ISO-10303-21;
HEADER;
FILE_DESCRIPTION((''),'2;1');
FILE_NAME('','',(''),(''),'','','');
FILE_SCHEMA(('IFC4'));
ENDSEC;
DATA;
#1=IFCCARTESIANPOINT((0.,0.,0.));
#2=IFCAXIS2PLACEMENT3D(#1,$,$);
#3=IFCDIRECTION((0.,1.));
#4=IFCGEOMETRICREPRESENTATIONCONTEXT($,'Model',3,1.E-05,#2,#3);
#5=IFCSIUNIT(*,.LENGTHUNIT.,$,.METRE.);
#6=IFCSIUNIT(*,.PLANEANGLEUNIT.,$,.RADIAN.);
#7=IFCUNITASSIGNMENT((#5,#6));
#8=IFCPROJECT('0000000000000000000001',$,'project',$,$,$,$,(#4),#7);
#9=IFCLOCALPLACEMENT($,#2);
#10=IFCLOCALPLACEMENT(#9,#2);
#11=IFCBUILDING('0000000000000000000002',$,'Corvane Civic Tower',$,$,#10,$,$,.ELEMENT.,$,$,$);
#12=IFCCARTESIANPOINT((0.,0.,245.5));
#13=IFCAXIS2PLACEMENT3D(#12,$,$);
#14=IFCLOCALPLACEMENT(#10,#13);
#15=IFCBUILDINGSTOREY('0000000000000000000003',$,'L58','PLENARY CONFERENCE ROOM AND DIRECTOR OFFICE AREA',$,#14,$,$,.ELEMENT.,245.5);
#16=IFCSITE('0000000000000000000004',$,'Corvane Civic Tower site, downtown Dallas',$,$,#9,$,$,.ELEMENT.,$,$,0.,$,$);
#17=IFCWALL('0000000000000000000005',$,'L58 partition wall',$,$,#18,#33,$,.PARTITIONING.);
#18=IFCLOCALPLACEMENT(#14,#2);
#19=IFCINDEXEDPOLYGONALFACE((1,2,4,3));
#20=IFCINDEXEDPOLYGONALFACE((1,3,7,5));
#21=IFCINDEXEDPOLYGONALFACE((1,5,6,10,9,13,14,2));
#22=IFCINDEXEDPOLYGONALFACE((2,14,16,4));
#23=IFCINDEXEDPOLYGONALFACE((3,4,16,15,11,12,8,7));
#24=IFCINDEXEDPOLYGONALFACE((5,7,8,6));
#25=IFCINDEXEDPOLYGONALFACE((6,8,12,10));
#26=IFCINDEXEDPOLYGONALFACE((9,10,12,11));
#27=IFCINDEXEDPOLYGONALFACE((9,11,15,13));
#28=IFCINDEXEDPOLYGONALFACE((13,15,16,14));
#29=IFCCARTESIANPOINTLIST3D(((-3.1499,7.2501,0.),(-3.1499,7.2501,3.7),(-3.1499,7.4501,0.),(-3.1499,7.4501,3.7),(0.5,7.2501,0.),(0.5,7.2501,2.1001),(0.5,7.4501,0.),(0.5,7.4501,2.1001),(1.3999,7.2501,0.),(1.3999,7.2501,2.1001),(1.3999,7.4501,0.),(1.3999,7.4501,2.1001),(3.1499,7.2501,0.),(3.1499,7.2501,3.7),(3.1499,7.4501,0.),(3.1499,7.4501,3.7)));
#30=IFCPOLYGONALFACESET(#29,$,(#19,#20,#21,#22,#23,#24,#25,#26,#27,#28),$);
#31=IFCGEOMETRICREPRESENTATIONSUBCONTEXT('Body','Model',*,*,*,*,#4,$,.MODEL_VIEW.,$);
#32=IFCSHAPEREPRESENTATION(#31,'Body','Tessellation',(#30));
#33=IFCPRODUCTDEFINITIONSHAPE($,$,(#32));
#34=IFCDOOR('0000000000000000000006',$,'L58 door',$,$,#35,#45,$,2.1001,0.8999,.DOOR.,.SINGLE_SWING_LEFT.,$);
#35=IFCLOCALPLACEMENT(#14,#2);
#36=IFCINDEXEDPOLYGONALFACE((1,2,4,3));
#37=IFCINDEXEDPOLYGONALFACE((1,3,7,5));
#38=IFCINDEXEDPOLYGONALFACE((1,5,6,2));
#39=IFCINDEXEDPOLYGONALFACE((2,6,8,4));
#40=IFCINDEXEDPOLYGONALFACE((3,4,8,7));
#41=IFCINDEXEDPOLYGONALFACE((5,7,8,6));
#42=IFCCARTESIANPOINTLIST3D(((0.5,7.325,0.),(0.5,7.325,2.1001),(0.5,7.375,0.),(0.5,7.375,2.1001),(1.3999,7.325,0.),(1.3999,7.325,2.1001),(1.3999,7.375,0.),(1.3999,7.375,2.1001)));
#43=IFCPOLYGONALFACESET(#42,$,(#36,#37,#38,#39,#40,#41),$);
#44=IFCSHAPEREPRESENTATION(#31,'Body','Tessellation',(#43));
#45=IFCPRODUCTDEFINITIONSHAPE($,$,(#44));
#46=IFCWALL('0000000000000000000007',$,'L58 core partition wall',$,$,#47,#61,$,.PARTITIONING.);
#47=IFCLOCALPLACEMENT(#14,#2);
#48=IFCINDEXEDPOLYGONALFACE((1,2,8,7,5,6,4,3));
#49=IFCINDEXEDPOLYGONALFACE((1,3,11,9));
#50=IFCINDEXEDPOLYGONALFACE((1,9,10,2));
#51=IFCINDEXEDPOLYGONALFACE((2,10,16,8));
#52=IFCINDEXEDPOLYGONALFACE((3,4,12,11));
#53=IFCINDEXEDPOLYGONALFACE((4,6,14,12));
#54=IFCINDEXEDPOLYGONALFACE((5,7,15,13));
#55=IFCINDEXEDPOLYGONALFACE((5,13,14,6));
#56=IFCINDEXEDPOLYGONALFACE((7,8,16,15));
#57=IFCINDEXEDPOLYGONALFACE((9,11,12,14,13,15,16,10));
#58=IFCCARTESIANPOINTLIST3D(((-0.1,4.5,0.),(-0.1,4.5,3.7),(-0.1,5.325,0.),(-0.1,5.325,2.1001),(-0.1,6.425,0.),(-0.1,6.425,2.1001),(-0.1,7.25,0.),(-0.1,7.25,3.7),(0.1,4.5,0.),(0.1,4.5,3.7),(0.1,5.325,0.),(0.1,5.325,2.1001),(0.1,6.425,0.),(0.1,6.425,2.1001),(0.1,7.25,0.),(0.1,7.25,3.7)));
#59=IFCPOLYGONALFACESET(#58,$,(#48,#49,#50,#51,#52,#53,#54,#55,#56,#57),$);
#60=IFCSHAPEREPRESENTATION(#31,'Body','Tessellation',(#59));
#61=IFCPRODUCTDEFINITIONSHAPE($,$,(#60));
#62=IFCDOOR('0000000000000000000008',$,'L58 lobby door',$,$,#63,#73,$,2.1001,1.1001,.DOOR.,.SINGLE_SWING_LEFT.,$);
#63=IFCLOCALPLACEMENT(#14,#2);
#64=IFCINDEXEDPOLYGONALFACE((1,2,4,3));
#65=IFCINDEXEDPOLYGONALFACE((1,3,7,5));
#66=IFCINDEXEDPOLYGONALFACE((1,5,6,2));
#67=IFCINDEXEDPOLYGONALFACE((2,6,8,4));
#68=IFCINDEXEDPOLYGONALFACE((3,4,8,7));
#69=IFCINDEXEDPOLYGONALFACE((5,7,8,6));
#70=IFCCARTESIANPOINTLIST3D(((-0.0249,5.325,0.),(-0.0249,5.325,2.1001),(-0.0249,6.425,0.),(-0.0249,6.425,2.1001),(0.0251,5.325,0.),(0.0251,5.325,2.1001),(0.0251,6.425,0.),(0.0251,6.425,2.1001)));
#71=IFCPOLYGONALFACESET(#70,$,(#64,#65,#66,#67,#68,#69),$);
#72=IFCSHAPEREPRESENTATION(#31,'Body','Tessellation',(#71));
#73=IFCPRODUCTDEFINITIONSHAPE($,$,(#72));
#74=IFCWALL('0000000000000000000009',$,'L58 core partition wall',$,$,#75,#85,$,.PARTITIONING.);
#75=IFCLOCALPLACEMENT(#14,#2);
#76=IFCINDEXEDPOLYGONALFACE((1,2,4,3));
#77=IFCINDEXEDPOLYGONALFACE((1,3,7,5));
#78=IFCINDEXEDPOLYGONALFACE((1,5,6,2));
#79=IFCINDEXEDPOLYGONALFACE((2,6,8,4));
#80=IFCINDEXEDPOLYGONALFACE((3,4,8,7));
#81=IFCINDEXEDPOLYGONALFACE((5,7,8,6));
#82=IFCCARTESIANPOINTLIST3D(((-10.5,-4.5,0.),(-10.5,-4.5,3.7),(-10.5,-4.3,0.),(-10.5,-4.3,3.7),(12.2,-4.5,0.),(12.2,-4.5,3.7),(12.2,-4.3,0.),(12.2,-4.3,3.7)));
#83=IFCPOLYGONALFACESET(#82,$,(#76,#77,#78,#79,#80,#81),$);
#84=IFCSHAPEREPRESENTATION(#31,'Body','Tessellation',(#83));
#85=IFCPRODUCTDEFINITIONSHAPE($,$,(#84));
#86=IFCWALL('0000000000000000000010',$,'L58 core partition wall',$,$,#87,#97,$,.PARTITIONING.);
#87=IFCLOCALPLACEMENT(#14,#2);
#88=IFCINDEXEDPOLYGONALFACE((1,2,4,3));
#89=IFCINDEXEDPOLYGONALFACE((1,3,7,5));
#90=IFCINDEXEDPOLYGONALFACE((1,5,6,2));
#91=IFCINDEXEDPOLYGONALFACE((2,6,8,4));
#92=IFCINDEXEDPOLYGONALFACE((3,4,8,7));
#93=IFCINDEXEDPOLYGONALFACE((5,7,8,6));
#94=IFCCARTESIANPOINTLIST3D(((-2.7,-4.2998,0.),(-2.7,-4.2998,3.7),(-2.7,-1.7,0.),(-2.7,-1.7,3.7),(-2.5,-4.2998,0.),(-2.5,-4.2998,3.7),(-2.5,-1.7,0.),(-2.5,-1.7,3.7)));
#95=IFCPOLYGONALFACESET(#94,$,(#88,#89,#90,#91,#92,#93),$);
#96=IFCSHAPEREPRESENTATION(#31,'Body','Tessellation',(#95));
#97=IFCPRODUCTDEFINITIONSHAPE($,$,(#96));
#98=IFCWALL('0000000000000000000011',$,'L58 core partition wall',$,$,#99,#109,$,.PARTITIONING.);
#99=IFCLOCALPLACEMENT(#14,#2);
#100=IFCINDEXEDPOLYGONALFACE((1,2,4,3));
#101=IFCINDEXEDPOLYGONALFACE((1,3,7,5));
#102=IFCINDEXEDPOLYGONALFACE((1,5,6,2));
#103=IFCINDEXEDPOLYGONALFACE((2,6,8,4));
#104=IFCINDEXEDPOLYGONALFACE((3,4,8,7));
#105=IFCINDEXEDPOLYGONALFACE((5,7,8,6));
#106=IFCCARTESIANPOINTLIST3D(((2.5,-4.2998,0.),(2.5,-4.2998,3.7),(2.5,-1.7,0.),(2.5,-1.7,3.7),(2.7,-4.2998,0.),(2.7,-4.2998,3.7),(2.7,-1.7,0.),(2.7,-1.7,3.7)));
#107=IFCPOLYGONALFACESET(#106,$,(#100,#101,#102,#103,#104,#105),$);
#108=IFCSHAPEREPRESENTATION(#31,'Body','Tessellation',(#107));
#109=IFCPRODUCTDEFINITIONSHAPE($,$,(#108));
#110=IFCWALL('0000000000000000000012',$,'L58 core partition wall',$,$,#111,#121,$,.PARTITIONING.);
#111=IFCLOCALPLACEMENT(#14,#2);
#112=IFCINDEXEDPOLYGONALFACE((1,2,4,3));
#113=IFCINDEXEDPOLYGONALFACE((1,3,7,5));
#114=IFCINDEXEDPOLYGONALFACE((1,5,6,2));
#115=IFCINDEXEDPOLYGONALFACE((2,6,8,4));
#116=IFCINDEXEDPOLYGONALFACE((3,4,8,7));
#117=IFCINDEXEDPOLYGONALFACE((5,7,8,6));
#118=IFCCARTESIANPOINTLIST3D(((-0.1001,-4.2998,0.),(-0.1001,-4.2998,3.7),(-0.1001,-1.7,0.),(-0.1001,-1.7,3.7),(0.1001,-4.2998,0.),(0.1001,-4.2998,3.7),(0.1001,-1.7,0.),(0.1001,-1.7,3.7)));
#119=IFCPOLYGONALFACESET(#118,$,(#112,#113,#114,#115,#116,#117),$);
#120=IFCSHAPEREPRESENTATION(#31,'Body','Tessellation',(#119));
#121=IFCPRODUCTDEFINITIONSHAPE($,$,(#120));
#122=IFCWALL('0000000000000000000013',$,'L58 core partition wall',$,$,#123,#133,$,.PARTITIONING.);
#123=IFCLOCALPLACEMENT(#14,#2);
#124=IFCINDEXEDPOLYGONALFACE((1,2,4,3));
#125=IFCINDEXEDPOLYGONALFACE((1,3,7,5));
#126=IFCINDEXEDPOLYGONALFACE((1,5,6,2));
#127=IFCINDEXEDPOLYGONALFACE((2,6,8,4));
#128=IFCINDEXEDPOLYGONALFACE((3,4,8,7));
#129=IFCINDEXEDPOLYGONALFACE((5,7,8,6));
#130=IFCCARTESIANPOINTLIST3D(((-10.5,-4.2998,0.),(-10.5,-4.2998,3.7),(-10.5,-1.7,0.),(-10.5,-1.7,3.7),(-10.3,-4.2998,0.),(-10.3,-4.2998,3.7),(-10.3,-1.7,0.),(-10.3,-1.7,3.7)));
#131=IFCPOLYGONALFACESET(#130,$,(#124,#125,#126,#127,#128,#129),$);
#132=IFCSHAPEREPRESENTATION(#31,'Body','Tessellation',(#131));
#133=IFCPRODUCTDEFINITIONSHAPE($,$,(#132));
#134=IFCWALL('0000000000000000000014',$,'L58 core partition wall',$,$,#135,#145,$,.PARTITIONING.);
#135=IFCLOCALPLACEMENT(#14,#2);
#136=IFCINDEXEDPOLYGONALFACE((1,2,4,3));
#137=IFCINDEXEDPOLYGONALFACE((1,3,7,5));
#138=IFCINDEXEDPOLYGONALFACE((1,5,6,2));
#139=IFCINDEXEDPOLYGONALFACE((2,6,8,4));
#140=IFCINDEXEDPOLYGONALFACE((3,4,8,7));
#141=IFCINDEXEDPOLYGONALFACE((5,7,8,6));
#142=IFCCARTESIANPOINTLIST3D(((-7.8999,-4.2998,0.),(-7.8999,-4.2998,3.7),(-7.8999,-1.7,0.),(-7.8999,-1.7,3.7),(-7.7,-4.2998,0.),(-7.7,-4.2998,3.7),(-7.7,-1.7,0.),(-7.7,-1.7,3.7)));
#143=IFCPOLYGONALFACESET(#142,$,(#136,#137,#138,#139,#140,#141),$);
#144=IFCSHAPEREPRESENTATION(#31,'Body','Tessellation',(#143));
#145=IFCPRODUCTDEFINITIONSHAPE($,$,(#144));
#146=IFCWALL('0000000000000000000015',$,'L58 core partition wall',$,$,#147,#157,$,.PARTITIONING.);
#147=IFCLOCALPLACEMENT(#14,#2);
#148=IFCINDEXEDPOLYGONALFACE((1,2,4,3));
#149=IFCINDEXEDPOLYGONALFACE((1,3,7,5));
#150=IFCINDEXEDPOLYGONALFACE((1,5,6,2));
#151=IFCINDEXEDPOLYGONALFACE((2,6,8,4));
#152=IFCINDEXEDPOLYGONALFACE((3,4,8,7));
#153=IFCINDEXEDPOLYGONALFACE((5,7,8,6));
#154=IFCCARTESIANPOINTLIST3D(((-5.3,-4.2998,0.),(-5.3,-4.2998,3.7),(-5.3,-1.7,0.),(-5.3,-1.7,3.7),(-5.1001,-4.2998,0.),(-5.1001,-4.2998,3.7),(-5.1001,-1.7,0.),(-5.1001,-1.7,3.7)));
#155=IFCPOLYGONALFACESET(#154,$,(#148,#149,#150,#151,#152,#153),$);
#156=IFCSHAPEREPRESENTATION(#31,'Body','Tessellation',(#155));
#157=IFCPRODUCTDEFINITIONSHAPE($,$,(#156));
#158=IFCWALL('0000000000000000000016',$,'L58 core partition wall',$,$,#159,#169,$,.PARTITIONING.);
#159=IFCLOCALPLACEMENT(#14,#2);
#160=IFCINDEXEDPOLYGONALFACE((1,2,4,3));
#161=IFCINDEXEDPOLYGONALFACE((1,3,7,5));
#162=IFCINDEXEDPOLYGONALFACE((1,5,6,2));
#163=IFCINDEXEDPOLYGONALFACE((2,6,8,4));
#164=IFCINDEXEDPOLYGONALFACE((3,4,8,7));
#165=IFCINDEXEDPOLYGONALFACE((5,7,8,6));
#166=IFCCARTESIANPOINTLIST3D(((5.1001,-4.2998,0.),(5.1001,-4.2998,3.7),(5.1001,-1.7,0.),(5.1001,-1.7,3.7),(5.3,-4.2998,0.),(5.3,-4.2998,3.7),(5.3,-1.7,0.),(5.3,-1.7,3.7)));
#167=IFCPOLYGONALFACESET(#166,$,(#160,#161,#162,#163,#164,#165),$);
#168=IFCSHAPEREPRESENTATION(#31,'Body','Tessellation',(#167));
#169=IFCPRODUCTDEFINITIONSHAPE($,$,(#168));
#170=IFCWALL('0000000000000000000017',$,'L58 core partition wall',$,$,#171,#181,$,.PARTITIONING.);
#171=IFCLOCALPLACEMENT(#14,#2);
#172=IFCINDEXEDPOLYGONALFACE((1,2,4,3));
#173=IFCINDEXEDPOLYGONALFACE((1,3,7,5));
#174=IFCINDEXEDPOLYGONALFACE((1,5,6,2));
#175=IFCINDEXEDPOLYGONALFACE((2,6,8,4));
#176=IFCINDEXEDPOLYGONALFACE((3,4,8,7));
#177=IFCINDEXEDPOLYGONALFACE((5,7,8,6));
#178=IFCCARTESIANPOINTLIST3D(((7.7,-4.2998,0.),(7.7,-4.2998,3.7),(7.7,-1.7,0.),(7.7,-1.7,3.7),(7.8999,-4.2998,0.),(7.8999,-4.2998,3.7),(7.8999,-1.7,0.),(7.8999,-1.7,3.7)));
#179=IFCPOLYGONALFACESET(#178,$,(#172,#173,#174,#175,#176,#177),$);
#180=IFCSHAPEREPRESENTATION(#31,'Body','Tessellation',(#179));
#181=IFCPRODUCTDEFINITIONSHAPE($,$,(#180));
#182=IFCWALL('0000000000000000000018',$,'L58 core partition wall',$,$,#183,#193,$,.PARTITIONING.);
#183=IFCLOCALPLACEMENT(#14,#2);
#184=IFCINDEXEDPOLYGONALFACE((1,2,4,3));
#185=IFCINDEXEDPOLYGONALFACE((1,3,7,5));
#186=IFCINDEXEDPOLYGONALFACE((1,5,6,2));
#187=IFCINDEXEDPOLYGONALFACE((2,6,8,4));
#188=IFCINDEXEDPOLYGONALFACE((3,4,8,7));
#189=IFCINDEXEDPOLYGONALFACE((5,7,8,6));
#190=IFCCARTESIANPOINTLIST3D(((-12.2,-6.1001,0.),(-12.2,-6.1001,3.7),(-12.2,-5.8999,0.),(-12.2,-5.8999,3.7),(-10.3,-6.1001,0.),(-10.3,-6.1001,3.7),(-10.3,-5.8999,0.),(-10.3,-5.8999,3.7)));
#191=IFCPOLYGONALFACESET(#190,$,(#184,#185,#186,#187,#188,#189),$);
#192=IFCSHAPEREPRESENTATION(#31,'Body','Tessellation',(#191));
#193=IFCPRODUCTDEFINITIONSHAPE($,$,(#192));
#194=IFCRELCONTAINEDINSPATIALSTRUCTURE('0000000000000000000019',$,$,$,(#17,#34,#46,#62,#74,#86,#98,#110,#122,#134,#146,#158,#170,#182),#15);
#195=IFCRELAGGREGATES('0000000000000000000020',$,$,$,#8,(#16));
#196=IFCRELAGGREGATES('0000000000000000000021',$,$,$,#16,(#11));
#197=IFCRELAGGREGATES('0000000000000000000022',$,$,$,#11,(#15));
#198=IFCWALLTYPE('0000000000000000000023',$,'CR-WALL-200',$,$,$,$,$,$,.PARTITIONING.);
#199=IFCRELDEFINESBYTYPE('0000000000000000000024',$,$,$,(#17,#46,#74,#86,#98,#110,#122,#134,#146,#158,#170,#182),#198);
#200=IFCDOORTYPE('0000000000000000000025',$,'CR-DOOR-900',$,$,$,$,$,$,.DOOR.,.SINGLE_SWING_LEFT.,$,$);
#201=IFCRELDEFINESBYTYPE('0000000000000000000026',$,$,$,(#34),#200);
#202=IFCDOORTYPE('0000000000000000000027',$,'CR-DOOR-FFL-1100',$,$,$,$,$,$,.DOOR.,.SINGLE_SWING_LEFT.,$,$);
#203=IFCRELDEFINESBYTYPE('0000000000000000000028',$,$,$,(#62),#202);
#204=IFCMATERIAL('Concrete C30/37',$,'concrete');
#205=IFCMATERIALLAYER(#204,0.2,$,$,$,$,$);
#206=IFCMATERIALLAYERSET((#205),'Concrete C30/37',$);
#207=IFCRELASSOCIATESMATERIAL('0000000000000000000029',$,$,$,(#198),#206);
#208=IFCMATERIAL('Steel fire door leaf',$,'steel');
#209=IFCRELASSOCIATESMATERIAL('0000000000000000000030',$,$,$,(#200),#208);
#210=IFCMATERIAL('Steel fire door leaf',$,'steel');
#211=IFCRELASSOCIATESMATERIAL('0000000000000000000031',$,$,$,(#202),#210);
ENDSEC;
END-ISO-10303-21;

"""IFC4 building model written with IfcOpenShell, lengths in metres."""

from ifc_helpers import new_model, si_unit, direction, frame, frame_2d, origin, place, context, subcontext, project, spatial, polyline, rectangle, outline, extrude, material, layer, layer_set, type_object, element, fill, save


model = new_model("IFC4")

# Units and contexts
model_context = context("Model", 3, precision=1e-05, world=origin(), true_north=direction((0.0, 1.0)))
body_context = subcontext(model_context, "Body", "Model", "MODEL_VIEW")
ifc_project = project(units=[si_unit("LENGTHUNIT", "METRE"), si_unit("PLANEANGLEUNIT", "RADIAN")], contexts=[model_context])

# Site, building, storey
site_placement = place(None, origin())
site = spatial("IfcSite", under=ifc_project, at=site_placement, Name="Corvane Civic Tower site, downtown Dallas", CompositionType="ELEMENT", RefElevation=0.0)
building_placement = place(site_placement, origin())
building = spatial("IfcBuilding", under=site, at=building_placement, Name="Corvane Civic Tower", CompositionType="ELEMENT")
storey_placement = place(building_placement, frame((0.0, 0.0, 245.5)))
storey = spatial("IfcBuildingStorey", under=building, at=storey_placement, Name="L58", Description="PLENARY CONFERENCE ROOM AND DIRECTOR OFFICE AREA", CompositionType="ELEMENT", Elevation=245.5)

# Walls, openings, doors
ifc_material_1 = material(Name="Concrete C30/37", Category="concrete")
ifc_layer_1 = layer(ifc_material_1, 0.2)
ifc_layer_set_1 = layer_set([ifc_layer_1], Name="Concrete C30/37")
wall_type_1 = type_object("IfcWallType", Name="CR-WALL-200", PredefinedType="PARTITIONING", material=ifc_layer_set_1)
wall_1_placement = place(storey_placement, frame((-3.1499, 7.3501, 0.0), z_axis=(0.0, 0.0, 1.0), x_axis=(1.0, 0.0, 0.0)))
wall_1 = element("IfcWall", 1, at=wall_1_placement, inside=storey, type_object=wall_type_1, Name="L58 partition wall", PredefinedType="PARTITIONING", context=body_context, shape_type="SweptSolid", body=[
    extrude(rectangle(XDim=6.2998, YDim=0.2, at=frame_2d((3.1499, 0.0))), origin(), (0.0, 0.0, 1.0), 3.7),
])
opening_1_placement = place(wall_1_placement, frame((3.6499, 0.0, 0.0)))
opening_1 = element("IfcOpeningElement", 2, at=opening_1_placement, cuts=wall_1, PredefinedType="OPENING", context=body_context, shape_type="SweptSolid", body=[
    extrude(rectangle(XDim=0.8999, YDim=2.1001, at=frame_2d((0.45, 1.05))), frame((0.0, 0.1099, 0.0), z_axis=(0.0, -1.0, 0.0), x_axis=(1.0, 0.0, 0.0)), (0.0, 0.0, 1.0), 0.22),
])
ifc_material_2 = material(Name="Steel fire door leaf", Category="steel")
door_type_1 = type_object("IfcDoorType", Name="CR-DOOR-900", OperationType="SINGLE_SWING_LEFT", PredefinedType="DOOR", material=ifc_material_2)
door_1_placement = place(opening_1_placement, origin())
door_1 = element("IfcDoor", 3, at=door_1_placement, inside=storey, type_object=door_type_1, Name="L58 door", OperationType="SINGLE_SWING_LEFT", OverallHeight=2.1001, OverallWidth=0.8999, PredefinedType="DOOR", context=body_context, shape_type="SweptSolid", body=[
    extrude(rectangle(XDim=0.8999, YDim=2.1001, at=frame_2d((0.45, 1.05))), frame((0.0, 0.0249, 0.0), z_axis=(0.0, -1.0, 0.0), x_axis=(1.0, 0.0, 0.0)), (0.0, 0.0, 1.0), 0.05),
])
fill(opening_1, door_1)
wall_2_placement = place(storey_placement, frame((0.0, 4.5, 0.0), z_axis=(0.0, 0.0, 1.0), x_axis=(0.0, 1.0, 0.0)))
wall_2 = element("IfcWall", 4, at=wall_2_placement, inside=storey, type_object=wall_type_1, Name="L58 core partition wall", PredefinedType="PARTITIONING", context=body_context, shape_type="SweptSolid", body=[
    extrude(rectangle(XDim=2.75, YDim=0.2, at=frame_2d((1.375, 0.0))), origin(), (0.0, 0.0, 1.0), 3.7),
])
opening_2_placement = place(wall_2_placement, frame((0.825, 0.0, 0.0)))
opening_2 = element("IfcOpeningElement", 5, at=opening_2_placement, cuts=wall_2, PredefinedType="OPENING", context=body_context, shape_type="SweptSolid", body=[
    extrude(rectangle(XDim=1.1001, YDim=2.1001, at=frame_2d((0.55, 1.05))), frame((0.0, 0.1099, 0.0), z_axis=(0.0, -1.0, 0.0), x_axis=(1.0, 0.0, 0.0)), (0.0, 0.0, 1.0), 0.22),
])
ifc_material_3 = material(Name="Steel fire door leaf", Category="steel")
door_type_2 = type_object("IfcDoorType", Name="CR-DOOR-FFL-1100", OperationType="SINGLE_SWING_LEFT", PredefinedType="DOOR", material=ifc_material_3)
door_2_placement = place(opening_2_placement, origin())
door_2 = element("IfcDoor", 6, at=door_2_placement, inside=storey, type_object=door_type_2, Name="L58 lobby door", OperationType="SINGLE_SWING_LEFT", OverallHeight=2.1001, OverallWidth=1.1001, PredefinedType="DOOR", context=body_context, shape_type="SweptSolid", body=[
    extrude(rectangle(XDim=1.1001, YDim=2.1001, at=frame_2d((0.55, 1.05))), frame((0.0, 0.0249, 0.0), z_axis=(0.0, -1.0, 0.0), x_axis=(1.0, 0.0, 0.0)), (0.0, 0.0, 1.0), 0.05),
])
fill(opening_2, door_2)

# Walls
wall_3_placement = place(storey_placement, origin())
element("IfcWall", 7, at=wall_3_placement, inside=storey, type_object=wall_type_1, Name="L58 core partition wall", PredefinedType="PARTITIONING", context=body_context, shape_type="SweptSolid", body=[
    extrude(outline(polyline([(12.2, -4.3), (12.2, -4.5), (-10.5, -4.5), (-10.5, -4.3), (12.2, -4.3)])), origin(), (0.0, 0.0, 1.0), 3.7),
])
wall_4_placement = place(storey_placement, origin())
element("IfcWall", 8, at=wall_4_placement, inside=storey, type_object=wall_type_1, Name="L58 core partition wall", PredefinedType="PARTITIONING", context=body_context, shape_type="SweptSolid", body=[
    extrude(outline(polyline([(-2.5, -1.7), (-2.5, -4.2998), (-2.7, -4.2998), (-2.7, -1.7), (-2.5, -1.7)])), origin(), (0.0, 0.0, 1.0), 3.7),
])
wall_5_placement = place(storey_placement, origin())
element("IfcWall", 9, at=wall_5_placement, inside=storey, type_object=wall_type_1, Name="L58 core partition wall", PredefinedType="PARTITIONING", context=body_context, shape_type="SweptSolid", body=[
    extrude(outline(polyline([(2.7, -1.7), (2.7, -4.2998), (2.5, -4.2998), (2.5, -1.7), (2.7, -1.7)])), origin(), (0.0, 0.0, 1.0), 3.7),
])
wall_6_placement = place(storey_placement, origin())
element("IfcWall", 10, at=wall_6_placement, inside=storey, type_object=wall_type_1, Name="L58 core partition wall", PredefinedType="PARTITIONING", context=body_context, shape_type="SweptSolid", body=[
    extrude(outline(polyline([(0.1001, -1.7), (0.1001, -4.2998), (-0.1001, -4.2998), (-0.1001, -1.7), (0.1001, -1.7)])), origin(), (0.0, 0.0, 1.0), 3.7),
])
wall_7_placement = place(storey_placement, origin())
element("IfcWall", 11, at=wall_7_placement, inside=storey, type_object=wall_type_1, Name="L58 core partition wall", PredefinedType="PARTITIONING", context=body_context, shape_type="SweptSolid", body=[
    extrude(outline(polyline([(-10.3, -1.7), (-10.3, -4.2998), (-10.5, -4.2998), (-10.5, -1.7), (-10.3, -1.7)])), origin(), (0.0, 0.0, 1.0), 3.7),
])
wall_8_placement = place(storey_placement, origin())
element("IfcWall", 12, at=wall_8_placement, inside=storey, type_object=wall_type_1, Name="L58 core partition wall", PredefinedType="PARTITIONING", context=body_context, shape_type="SweptSolid", body=[
    extrude(outline(polyline([(-7.7, -1.7), (-7.7, -4.2998), (-7.8999, -4.2998), (-7.8999, -1.7), (-7.7, -1.7)])), origin(), (0.0, 0.0, 1.0), 3.7),
])
wall_9_placement = place(storey_placement, origin())
element("IfcWall", 13, at=wall_9_placement, inside=storey, type_object=wall_type_1, Name="L58 core partition wall", PredefinedType="PARTITIONING", context=body_context, shape_type="SweptSolid", body=[
    extrude(outline(polyline([(-5.1001, -1.7), (-5.1001, -4.2998), (-5.3, -4.2998), (-5.3, -1.7), (-5.1001, -1.7)])), origin(), (0.0, 0.0, 1.0), 3.7),
])
wall_10_placement = place(storey_placement, origin())
element("IfcWall", 14, at=wall_10_placement, inside=storey, type_object=wall_type_1, Name="L58 core partition wall", PredefinedType="PARTITIONING", context=body_context, shape_type="SweptSolid", body=[
    extrude(outline(polyline([(5.3, -1.7), (5.3, -4.2998), (5.1001, -4.2998), (5.1001, -1.7), (5.3, -1.7)])), origin(), (0.0, 0.0, 1.0), 3.7),
])
wall_11_placement = place(storey_placement, origin())
element("IfcWall", 15, at=wall_11_placement, inside=storey, type_object=wall_type_1, Name="L58 core partition wall", PredefinedType="PARTITIONING", context=body_context, shape_type="SweptSolid", body=[
    extrude(outline(polyline([(7.8999, -1.7), (7.8999, -4.2998), (7.7, -4.2998), (7.7, -1.7), (7.8999, -1.7)])), origin(), (0.0, 0.0, 1.0), 3.7),
])
wall_12_placement = place(storey_placement, origin())
element("IfcWall", 16, at=wall_12_placement, inside=storey, type_object=wall_type_1, Name="L58 core partition wall", PredefinedType="PARTITIONING", context=body_context, shape_type="SweptSolid", body=[
    extrude(outline(polyline([(-10.3, -6.1001), (-12.2, -6.1001), (-12.2, -5.8999), (-10.3, -5.8999), (-10.3, -6.1001)])), origin(), (0.0, 0.0, 1.0), 3.7),
])

save(model, "model.ifc")
